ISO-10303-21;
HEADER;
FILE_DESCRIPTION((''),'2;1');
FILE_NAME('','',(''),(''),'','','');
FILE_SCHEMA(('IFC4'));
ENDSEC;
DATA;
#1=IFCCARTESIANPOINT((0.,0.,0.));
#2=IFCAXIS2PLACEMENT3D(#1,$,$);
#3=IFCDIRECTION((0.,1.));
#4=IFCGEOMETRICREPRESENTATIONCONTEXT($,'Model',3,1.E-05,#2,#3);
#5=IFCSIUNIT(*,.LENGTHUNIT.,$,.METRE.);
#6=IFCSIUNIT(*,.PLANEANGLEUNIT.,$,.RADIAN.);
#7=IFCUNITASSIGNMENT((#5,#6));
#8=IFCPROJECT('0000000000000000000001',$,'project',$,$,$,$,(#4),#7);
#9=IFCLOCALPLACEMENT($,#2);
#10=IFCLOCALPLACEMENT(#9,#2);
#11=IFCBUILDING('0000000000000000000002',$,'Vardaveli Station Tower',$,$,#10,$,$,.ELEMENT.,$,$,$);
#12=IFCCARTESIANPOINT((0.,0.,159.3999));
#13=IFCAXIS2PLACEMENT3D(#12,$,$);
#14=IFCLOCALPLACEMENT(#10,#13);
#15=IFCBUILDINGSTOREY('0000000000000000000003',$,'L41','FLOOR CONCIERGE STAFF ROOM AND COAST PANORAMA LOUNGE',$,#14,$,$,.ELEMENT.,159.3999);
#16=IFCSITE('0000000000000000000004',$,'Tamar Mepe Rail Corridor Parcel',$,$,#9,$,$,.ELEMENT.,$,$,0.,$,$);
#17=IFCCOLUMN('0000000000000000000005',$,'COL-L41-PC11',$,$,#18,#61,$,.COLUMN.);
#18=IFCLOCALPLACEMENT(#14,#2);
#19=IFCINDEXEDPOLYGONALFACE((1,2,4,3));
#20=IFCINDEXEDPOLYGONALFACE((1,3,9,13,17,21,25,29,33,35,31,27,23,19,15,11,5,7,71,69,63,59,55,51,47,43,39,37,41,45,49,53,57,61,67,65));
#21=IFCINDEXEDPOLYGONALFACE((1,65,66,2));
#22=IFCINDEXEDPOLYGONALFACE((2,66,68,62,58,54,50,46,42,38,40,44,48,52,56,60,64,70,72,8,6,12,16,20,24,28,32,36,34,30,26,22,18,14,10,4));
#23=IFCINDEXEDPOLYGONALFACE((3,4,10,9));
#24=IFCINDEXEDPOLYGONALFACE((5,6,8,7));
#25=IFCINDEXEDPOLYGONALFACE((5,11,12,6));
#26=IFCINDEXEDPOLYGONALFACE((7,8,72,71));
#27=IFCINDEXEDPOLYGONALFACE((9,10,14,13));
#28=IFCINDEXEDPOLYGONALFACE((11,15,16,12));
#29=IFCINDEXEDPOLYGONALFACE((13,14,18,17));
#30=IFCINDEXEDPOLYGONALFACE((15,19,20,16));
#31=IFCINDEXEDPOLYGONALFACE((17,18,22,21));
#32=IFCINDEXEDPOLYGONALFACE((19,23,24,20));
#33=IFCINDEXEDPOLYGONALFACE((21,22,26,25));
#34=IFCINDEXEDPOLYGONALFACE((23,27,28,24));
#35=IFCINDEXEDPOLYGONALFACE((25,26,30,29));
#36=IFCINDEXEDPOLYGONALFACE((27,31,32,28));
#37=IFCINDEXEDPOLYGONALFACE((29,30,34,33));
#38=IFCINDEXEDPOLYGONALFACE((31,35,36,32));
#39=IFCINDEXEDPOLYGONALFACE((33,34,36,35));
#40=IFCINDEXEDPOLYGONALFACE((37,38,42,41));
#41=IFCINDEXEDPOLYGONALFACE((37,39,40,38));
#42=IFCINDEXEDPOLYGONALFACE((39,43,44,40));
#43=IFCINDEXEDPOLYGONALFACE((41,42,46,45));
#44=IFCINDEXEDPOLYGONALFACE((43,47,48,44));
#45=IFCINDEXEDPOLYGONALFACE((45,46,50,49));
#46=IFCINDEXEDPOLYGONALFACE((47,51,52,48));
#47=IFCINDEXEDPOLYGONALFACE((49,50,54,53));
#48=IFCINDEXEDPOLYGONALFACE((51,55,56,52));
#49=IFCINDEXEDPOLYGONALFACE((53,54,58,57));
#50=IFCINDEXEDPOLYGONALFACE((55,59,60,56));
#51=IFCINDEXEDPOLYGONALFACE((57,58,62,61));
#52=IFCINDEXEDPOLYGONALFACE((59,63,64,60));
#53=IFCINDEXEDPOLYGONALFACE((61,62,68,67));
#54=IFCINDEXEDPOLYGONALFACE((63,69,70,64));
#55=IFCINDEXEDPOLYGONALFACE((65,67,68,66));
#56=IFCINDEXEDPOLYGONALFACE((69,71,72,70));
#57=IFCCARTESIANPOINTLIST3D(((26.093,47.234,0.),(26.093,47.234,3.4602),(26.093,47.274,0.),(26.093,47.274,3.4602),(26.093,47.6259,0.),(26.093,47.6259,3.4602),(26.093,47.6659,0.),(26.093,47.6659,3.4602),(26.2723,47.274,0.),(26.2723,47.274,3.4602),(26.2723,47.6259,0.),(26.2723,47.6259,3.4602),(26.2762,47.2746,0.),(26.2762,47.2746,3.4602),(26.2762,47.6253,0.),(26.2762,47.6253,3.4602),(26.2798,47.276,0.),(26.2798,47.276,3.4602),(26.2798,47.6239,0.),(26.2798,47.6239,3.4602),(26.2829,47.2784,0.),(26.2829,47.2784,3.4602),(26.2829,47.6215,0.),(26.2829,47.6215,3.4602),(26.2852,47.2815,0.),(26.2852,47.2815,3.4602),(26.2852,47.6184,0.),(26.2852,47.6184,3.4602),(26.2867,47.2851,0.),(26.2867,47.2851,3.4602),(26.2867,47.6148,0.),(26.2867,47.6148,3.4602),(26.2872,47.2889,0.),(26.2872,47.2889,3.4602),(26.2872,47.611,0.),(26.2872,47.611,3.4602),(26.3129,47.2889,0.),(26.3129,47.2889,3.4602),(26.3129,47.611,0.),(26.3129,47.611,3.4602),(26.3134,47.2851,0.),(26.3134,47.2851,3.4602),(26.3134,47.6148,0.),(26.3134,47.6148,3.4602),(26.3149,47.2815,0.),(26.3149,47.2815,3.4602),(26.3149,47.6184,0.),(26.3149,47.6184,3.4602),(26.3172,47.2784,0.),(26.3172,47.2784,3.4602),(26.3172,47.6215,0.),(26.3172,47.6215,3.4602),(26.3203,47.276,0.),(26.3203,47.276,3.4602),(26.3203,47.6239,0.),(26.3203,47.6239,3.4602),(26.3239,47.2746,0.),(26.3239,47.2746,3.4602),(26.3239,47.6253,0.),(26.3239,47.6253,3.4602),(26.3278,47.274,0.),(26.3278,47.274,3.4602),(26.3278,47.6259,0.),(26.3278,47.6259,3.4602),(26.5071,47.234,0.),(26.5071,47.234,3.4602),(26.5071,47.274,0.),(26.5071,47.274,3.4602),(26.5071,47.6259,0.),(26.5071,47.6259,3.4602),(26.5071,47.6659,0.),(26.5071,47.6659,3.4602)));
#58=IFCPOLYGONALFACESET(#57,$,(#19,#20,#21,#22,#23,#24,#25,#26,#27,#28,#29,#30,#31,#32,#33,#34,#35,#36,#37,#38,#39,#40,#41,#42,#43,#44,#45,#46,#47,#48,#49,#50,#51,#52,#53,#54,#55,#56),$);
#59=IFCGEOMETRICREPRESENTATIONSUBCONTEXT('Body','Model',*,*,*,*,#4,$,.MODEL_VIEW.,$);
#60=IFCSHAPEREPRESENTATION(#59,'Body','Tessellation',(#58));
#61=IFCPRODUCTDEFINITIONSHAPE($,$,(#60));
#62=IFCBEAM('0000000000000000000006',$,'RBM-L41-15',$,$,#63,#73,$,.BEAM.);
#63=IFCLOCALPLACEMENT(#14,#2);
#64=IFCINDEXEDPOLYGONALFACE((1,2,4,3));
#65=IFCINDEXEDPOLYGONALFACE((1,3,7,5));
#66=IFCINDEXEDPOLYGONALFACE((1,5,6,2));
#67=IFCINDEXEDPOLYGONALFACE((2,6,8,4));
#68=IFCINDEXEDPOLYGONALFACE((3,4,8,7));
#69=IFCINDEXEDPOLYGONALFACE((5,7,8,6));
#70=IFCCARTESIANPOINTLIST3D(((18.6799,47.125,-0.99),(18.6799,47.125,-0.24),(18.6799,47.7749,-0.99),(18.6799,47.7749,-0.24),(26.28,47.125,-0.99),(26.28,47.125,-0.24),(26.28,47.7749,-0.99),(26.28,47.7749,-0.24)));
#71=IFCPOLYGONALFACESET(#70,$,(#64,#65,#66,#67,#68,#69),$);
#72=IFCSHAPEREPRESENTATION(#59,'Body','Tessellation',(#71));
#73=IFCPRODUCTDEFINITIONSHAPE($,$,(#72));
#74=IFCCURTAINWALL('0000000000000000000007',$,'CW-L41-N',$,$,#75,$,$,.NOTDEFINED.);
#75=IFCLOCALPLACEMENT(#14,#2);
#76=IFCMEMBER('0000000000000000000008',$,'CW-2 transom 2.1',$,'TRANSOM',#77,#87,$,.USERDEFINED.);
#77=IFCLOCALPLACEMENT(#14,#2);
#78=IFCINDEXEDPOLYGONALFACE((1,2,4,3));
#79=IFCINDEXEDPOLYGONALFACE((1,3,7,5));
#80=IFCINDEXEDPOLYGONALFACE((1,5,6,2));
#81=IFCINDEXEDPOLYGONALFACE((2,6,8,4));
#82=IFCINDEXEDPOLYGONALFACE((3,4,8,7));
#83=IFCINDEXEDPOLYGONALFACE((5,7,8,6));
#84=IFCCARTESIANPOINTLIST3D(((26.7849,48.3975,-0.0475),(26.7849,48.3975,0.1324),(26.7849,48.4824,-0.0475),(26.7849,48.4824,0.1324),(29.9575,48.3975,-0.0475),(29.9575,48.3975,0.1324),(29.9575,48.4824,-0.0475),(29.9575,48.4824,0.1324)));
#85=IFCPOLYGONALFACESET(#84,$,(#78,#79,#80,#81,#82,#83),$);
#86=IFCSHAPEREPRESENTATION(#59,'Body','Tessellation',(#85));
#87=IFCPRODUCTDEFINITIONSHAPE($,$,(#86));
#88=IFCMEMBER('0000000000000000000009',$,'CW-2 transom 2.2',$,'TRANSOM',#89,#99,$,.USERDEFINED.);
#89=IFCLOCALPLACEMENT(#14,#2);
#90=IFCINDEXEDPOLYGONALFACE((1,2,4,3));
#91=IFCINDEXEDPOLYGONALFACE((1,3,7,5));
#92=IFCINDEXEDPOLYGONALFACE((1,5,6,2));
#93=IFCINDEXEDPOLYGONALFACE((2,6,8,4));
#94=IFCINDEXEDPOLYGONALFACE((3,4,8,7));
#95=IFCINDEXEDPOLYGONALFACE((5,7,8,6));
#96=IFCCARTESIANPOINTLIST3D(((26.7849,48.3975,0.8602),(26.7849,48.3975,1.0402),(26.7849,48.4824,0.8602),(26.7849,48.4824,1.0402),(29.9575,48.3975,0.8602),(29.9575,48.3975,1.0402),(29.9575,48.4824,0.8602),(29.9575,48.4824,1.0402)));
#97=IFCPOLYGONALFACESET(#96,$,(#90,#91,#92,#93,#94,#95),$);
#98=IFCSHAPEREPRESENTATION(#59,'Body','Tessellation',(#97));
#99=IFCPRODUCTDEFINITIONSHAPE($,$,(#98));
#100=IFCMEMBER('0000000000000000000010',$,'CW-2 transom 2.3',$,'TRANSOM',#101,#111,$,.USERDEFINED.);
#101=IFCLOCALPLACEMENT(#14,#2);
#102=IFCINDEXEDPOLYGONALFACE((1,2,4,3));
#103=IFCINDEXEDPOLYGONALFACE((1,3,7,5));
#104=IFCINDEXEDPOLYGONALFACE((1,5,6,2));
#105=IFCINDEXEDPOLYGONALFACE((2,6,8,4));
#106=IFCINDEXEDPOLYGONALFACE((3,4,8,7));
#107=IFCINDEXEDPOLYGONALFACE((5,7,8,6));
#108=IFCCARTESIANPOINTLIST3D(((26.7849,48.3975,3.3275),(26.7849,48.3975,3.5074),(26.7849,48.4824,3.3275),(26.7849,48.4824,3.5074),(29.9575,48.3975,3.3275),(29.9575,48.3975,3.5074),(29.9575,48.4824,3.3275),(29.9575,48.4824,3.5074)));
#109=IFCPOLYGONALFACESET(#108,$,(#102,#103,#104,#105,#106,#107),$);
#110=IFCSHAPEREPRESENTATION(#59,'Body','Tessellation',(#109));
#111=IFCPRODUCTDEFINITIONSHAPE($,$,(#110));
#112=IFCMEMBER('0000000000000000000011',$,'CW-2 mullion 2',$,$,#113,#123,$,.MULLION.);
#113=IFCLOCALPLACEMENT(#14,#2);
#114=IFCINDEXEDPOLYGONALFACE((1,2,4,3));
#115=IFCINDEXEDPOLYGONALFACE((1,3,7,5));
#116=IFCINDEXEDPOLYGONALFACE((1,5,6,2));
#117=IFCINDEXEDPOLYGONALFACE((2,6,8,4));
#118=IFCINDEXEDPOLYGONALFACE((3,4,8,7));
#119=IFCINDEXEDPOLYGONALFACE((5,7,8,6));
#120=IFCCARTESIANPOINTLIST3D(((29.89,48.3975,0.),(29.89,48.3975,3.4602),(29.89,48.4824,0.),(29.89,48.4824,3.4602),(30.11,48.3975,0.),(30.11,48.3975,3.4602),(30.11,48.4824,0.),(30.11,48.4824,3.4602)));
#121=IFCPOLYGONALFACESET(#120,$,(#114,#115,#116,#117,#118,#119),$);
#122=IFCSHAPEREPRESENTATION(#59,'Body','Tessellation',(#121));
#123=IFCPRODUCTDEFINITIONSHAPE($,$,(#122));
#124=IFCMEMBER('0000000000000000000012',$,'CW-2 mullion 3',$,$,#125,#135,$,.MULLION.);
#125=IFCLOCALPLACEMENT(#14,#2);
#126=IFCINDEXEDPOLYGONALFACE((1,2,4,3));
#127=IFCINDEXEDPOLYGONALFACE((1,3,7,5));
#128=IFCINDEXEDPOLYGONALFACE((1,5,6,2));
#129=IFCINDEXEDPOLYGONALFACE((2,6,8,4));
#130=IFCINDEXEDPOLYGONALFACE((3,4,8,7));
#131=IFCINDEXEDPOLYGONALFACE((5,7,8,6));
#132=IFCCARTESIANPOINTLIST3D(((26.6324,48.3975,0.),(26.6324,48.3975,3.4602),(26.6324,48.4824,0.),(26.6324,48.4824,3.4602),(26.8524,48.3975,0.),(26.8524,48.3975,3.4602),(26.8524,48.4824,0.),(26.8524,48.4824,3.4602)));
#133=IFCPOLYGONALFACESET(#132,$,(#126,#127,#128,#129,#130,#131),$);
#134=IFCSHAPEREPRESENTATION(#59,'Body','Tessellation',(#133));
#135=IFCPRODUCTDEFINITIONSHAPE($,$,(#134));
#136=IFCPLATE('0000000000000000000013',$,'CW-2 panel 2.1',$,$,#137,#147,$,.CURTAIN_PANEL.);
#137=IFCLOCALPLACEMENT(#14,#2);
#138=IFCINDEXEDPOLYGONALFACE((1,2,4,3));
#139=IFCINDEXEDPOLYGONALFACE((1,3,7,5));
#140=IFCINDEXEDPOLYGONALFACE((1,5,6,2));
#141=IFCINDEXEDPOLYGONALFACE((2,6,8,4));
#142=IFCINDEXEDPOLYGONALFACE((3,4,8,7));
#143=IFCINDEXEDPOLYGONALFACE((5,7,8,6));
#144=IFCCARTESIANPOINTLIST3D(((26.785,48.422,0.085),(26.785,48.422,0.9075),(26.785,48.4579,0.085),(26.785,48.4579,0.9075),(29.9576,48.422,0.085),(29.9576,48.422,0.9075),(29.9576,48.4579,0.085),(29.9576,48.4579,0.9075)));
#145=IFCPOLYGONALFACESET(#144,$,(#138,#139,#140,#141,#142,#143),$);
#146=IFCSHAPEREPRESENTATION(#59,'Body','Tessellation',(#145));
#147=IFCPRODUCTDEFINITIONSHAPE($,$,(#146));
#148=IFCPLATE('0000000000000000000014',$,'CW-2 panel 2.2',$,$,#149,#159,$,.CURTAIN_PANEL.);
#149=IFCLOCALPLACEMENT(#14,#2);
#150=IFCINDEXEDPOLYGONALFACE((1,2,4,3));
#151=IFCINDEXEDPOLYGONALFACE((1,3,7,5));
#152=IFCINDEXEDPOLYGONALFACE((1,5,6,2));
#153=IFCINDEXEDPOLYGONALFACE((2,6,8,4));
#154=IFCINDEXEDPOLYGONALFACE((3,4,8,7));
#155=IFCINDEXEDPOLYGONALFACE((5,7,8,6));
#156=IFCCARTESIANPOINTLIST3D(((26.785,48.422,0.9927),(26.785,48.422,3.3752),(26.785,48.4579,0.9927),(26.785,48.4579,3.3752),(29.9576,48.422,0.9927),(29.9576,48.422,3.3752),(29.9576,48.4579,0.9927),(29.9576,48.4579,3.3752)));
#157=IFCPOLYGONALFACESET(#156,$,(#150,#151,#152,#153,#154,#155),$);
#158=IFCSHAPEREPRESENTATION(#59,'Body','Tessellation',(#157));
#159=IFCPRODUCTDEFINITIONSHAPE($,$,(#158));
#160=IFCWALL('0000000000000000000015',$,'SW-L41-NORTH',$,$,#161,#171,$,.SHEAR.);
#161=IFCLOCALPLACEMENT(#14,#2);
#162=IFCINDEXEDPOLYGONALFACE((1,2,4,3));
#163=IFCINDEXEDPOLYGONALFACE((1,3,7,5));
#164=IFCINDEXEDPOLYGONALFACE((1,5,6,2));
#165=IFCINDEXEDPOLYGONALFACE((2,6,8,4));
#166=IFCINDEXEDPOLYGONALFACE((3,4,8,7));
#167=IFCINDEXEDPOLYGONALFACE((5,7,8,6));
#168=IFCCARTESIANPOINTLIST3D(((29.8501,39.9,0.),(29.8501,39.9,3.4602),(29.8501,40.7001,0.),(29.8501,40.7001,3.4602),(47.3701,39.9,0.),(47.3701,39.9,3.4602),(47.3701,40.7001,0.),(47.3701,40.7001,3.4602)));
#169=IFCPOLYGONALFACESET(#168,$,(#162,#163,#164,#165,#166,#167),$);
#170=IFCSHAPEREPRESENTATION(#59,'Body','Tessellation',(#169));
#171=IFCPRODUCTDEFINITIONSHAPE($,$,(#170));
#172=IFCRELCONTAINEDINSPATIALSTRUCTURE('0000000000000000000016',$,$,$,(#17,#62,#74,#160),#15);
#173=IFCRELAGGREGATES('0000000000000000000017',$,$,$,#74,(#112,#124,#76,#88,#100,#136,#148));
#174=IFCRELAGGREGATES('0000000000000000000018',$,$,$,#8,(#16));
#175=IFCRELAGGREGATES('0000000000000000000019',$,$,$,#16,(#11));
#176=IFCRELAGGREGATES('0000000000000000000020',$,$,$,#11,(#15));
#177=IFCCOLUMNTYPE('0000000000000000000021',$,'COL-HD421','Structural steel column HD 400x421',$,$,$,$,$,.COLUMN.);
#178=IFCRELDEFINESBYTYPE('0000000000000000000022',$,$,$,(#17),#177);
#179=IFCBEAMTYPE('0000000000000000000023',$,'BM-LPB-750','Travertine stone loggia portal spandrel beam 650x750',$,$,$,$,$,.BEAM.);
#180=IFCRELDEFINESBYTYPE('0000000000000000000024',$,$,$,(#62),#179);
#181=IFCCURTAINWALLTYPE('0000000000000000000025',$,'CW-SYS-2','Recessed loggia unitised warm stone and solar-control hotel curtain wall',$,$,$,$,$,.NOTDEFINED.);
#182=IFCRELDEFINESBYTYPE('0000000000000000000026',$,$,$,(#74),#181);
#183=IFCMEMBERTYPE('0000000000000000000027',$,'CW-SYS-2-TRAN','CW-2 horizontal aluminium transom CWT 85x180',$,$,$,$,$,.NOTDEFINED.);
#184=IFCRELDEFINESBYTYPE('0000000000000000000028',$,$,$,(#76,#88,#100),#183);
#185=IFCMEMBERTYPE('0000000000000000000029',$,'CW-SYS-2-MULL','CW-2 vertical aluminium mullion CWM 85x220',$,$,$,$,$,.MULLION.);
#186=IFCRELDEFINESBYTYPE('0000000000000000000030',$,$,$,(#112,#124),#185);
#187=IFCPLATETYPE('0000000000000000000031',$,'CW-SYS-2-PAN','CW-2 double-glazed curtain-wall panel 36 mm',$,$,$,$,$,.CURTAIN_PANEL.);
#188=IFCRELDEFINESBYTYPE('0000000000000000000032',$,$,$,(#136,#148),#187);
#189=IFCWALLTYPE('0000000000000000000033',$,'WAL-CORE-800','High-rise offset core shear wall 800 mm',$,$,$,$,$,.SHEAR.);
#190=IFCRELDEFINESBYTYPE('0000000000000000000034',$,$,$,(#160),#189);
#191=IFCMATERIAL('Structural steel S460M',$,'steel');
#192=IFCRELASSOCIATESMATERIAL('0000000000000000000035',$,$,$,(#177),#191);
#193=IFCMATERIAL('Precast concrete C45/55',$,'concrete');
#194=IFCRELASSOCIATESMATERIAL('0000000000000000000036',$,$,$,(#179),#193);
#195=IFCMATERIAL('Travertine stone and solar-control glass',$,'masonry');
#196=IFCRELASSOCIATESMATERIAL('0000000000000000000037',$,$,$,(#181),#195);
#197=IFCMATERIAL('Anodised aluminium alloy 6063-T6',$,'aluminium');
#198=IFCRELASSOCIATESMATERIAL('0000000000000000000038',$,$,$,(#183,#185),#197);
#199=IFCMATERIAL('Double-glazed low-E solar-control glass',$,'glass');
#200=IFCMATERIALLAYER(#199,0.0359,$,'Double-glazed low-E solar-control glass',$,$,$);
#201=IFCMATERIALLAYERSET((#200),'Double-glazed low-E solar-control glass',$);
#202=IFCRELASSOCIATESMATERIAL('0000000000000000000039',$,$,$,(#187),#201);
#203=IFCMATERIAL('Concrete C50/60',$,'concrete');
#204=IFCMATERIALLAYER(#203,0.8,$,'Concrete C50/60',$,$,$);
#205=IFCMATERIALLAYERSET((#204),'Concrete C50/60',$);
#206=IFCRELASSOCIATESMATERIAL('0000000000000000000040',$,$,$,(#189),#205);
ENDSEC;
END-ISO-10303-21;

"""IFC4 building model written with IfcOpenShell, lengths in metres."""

from ifc_helpers import new_model, si_unit, direction, frame, frame_2d, origin, origin_2d, place, context, subcontext, project, spatial, rectangle, i_section, extrude, source, transform, mapped, material, layer, layer_set, material_profile, profile_set, type_object, element, aggregate, save


model = new_model("IFC4")

# Units and contexts
model_context = context("Model", 3, precision=1e-05, world=origin(), true_north=direction((0.0, 1.0)))
body_context = subcontext(model_context, "Body", "Model", "MODEL_VIEW")
ifc_project = project(units=[si_unit("LENGTHUNIT", "METRE"), si_unit("PLANEANGLEUNIT", "RADIAN")], contexts=[model_context])

# Site, building, storey
site_placement = place(None, origin())
site = spatial("IfcSite", under=ifc_project, at=site_placement, Name="Tamar Mepe Rail Corridor Parcel", CompositionType="ELEMENT", RefElevation=0.0)
building_placement = place(site_placement, origin())
building = spatial("IfcBuilding", under=site, at=building_placement, Name="Vardaveli Station Tower", CompositionType="ELEMENT")
storey_placement = place(building_placement, frame((0.0, 0.0, 159.3999)))
storey = spatial("IfcBuildingStorey", under=building, at=storey_placement, Name="L41", Description="FLOOR CONCIERGE STAFF ROOM AND COAST PANORAMA LOUNGE", CompositionType="ELEMENT", Elevation=159.3999)

# Column
ifc_material_1 = material(Name="Structural steel S460M", Category="steel")
ifc_material_profile_1 = material_profile(ifc_material_1, i_section(OverallWidth=0.4141, OverallDepth=0.4319, WebThickness=0.0256, FlangeThickness=0.04, FilletRadius=0.0149, at=origin_2d()), Name="HD 400x421")
ifc_profile_set_1 = profile_set([ifc_material_profile_1], Name="Structural steel S460M")
column_type = type_object("IfcColumnType", Name="COL-HD421", Description="Structural steel column HD 400x421", PredefinedType="COLUMN", material=ifc_profile_set_1)
shared_shape_1 = source(origin(), body_context, "Body", "SweptSolid", [
    extrude(i_section(OverallWidth=0.4141, OverallDepth=0.4319, WebThickness=0.0256, FlangeThickness=0.04, FilletRadius=0.0149, at=origin_2d()), origin(), (0.0, 0.0, 1.0), 3.4602),
])
column_placement = place(storey_placement, frame((26.3, 47.45, 0.0), z_axis=(0.0, 0.0, 1.0), x_axis=(1.0, 0.0, 0.0)))
element("IfcColumn", 1, at=column_placement, inside=storey, type_object=column_type, Name="COL-L41-PC11", PredefinedType="COLUMN", context=body_context, shape_type="MappedRepresentation", body=[
    mapped(shared_shape_1, transform((0.0, 0.0, 0.0), scale=1.0)),
])

# Beam
ifc_material_2 = material(Name="Precast concrete C45/55", Category="concrete")
ifc_material_profile_2 = material_profile(ifc_material_2, rectangle(XDim=0.6499, YDim=0.75, at=origin_2d()), Name="LPB 650x750")
ifc_profile_set_2 = profile_set([ifc_material_profile_2], Name="Precast concrete C45/55")
beam_type = type_object("IfcBeamType", Name="BM-LPB-750", Description="Travertine stone loggia portal spandrel beam 650x750", PredefinedType="BEAM", material=ifc_profile_set_2)
shared_shape_2 = source(origin(), body_context, "Body", "SweptSolid", [
    extrude(rectangle(XDim=0.6499, YDim=0.75, at=origin_2d()), origin(), (0.0, 0.0, 1.0), 7.6001),
])
beam_placement = place(storey_placement, frame((26.28, 47.45, -0.615), z_axis=(-1.0, 0.0, 0.0), x_axis=(0.0, -1.0, 0.0)))
element("IfcBeam", 2, at=beam_placement, inside=storey, type_object=beam_type, Name="RBM-L41-15", PredefinedType="BEAM", context=body_context, shape_type="MappedRepresentation", body=[
    mapped(shared_shape_2, transform((0.0, 0.0, 0.0), scale=1.0)),
])

# Curtain wall, members, plates
ifc_material_3 = material(Name="Travertine stone and solar-control glass", Category="masonry")
curtain_wall_type = type_object("IfcCurtainWallType", Name="CW-SYS-2", Description="Recessed loggia unitised warm stone and solar-control hotel curtain wall", PredefinedType="NOTDEFINED", material=ifc_material_3)
curtain_wall_placement = place(storey_placement, origin())
curtain_wall = element("IfcCurtainWall", 3, at=curtain_wall_placement, inside=storey, type_object=curtain_wall_type, Name="CW-L41-N", PredefinedType="NOTDEFINED")
ifc_material_4 = material(Name="Anodised aluminium alloy 6063-T6", Category="aluminium")
ifc_material_profile_3 = material_profile(ifc_material_4, rectangle(XDim=0.085, YDim=0.1799, at=origin_2d()), Name="CWT 85x180")
ifc_profile_set_3 = profile_set([ifc_material_profile_3], Name="Anodised aluminium alloy 6063-T6")
member_type_1 = type_object("IfcMemberType", Name="CW-SYS-2-TRAN", Description="CW-2 horizontal aluminium transom CWT 85x180", PredefinedType="NOTDEFINED", material=ifc_profile_set_3)
shared_shape_3 = source(origin(), body_context, "Body", "SweptSolid", [
    extrude(rectangle(XDim=0.085, YDim=0.1799, at=origin_2d()), origin(), (0.0, 0.0, 1.0), 3.1726),
])
member_1_placement = place(storey_placement, frame((29.9575, 48.4399, 0.0425), z_axis=(-1.0, 0.0, 0.0), x_axis=(0.0, -1.0, 0.0)))
member_1 = element("IfcMember", 4, at=member_1_placement, type_object=member_type_1, Name="CW-2 transom 2.1", ObjectType="TRANSOM", PredefinedType="USERDEFINED", context=body_context, shape_type="MappedRepresentation", body=[
    mapped(shared_shape_3, transform((0.0, 0.0, 0.0), scale=1.0)),
])
member_2_placement = place(storey_placement, frame((29.9575, 48.4399, 0.9502), z_axis=(-1.0, 0.0, 0.0), x_axis=(0.0, -1.0, 0.0)))
member_2 = element("IfcMember", 5, at=member_2_placement, type_object=member_type_1, Name="CW-2 transom 2.2", ObjectType="TRANSOM", PredefinedType="USERDEFINED", context=body_context, shape_type="MappedRepresentation", body=[
    mapped(shared_shape_3, transform((0.0, 0.0, 0.0), scale=1.0)),
])
member_3_placement = place(storey_placement, frame((29.9575, 48.4399, 3.4175), z_axis=(-1.0, 0.0, 0.0), x_axis=(0.0, -1.0, 0.0)))
member_3 = element("IfcMember", 6, at=member_3_placement, type_object=member_type_1, Name="CW-2 transom 2.3", ObjectType="TRANSOM", PredefinedType="USERDEFINED", context=body_context, shape_type="MappedRepresentation", body=[
    mapped(shared_shape_3, transform((0.0, 0.0, 0.0), scale=1.0)),
])
ifc_material_profile_4 = material_profile(ifc_material_4, rectangle(XDim=0.085, YDim=0.22, at=origin_2d()), Name="CWM 85x220")
ifc_profile_set_4 = profile_set([ifc_material_profile_4], Name="Anodised aluminium alloy 6063-T6")
member_type_2 = type_object("IfcMemberType", Name="CW-SYS-2-MULL", Description="CW-2 vertical aluminium mullion CWM 85x220", PredefinedType="MULLION", material=ifc_profile_set_4)
shared_shape_4 = source(origin(), body_context, "Body", "SweptSolid", [
    extrude(rectangle(XDim=0.085, YDim=0.22, at=origin_2d()), origin(), (0.0, 0.0, 1.0), 3.4602),
])
member_4_placement = place(storey_placement, frame((30.0, 48.4399, 0.0), z_axis=(0.0, 0.0, 1.0), x_axis=(0.0, -1.0, 0.0)))
member_4 = element("IfcMember", 7, at=member_4_placement, type_object=member_type_2, Name="CW-2 mullion 2", PredefinedType="MULLION", context=body_context, shape_type="MappedRepresentation", body=[
    mapped(shared_shape_4, transform((0.0, 0.0, 0.0), scale=1.0)),
])
member_5_placement = place(storey_placement, frame((26.7424, 48.4399, 0.0), z_axis=(0.0, 0.0, 1.0), x_axis=(0.0, -1.0, 0.0)))
member_5 = element("IfcMember", 8, at=member_5_placement, type_object=member_type_2, Name="CW-2 mullion 3", PredefinedType="MULLION", context=body_context, shape_type="MappedRepresentation", body=[
    mapped(shared_shape_4, transform((0.0, 0.0, 0.0), scale=1.0)),
])
ifc_material_5 = material(Name="Double-glazed low-E solar-control glass", Category="glass")
ifc_layer_1 = layer(ifc_material_5, 0.0359, Name="Double-glazed low-E solar-control glass")
ifc_layer_set_1 = layer_set([ifc_layer_1], Name="Double-glazed low-E solar-control glass")
plate_type = type_object("IfcPlateType", Name="CW-SYS-2-PAN", Description="CW-2 double-glazed curtain-wall panel 36 mm", PredefinedType="CURTAIN_PANEL", material=ifc_layer_set_1)
shared_shape_5 = source(origin(), body_context, "Body", "SweptSolid", [
    extrude(rectangle(XDim=3.1726, YDim=0.0359, at=origin_2d()), origin(), (0.0, 0.0, 1.0), 0.8225),
])
plate_1_placement = place(storey_placement, frame((28.3713, 48.4399, 0.085), z_axis=(0.0, 0.0, 1.0), x_axis=(-1.0, 0.0, 0.0)))
plate_1 = element("IfcPlate", 9, at=plate_1_placement, type_object=plate_type, Name="CW-2 panel 2.1", PredefinedType="CURTAIN_PANEL", context=body_context, shape_type="MappedRepresentation", body=[
    mapped(shared_shape_5, transform((0.0, 0.0, 0.0), scale=1.0)),
])
shared_shape_6 = source(origin(), body_context, "Body", "SweptSolid", [
    extrude(rectangle(XDim=3.1726, YDim=0.0359, at=origin_2d()), origin(), (0.0, 0.0, 1.0), 2.3826),
])
plate_2_placement = place(storey_placement, frame((28.3713, 48.4399, 0.9927), z_axis=(0.0, 0.0, 1.0), x_axis=(-1.0, 0.0, 0.0)))
plate_2 = element("IfcPlate", 10, at=plate_2_placement, type_object=plate_type, Name="CW-2 panel 2.2", PredefinedType="CURTAIN_PANEL", context=body_context, shape_type="MappedRepresentation", body=[
    mapped(shared_shape_6, transform((0.0, 0.0, 0.0), scale=1.0)),
])
aggregate(curtain_wall, [member_4, member_5, member_1, member_2, member_3, plate_1, plate_2])

# Wall
ifc_material_6 = material(Name="Concrete C50/60", Category="concrete")
ifc_layer_2 = layer(ifc_material_6, 0.8, Name="Concrete C50/60")
ifc_layer_set_2 = layer_set([ifc_layer_2], Name="Concrete C50/60")
wall_type_1 = type_object("IfcWallType", Name="WAL-CORE-800", Description="High-rise offset core shear wall 800 mm", PredefinedType="SHEAR", material=ifc_layer_set_2)
shared_shape_7 = source(origin(), body_context, "Body", "SweptSolid", [
    extrude(rectangle(XDim=17.52, YDim=0.8, at=frame_2d((8.76, 0.0))), origin(), (0.0, 0.0, 1.0), 3.4602),
])
wall_1_placement = place(storey_placement, frame((29.8501, 40.3, 0.0), z_axis=(0.0, 0.0, 1.0), x_axis=(1.0, 0.0, 0.0)))
element("IfcWall", 11, at=wall_1_placement, inside=storey, type_object=wall_type_1, Name="SW-L41-NORTH", PredefinedType="SHEAR", context=body_context, shape_type="MappedRepresentation", body=[
    mapped(shared_shape_7, transform((0.0, 0.0, 0.0), scale=1.0)),
])

save(model, "model.ifc")
